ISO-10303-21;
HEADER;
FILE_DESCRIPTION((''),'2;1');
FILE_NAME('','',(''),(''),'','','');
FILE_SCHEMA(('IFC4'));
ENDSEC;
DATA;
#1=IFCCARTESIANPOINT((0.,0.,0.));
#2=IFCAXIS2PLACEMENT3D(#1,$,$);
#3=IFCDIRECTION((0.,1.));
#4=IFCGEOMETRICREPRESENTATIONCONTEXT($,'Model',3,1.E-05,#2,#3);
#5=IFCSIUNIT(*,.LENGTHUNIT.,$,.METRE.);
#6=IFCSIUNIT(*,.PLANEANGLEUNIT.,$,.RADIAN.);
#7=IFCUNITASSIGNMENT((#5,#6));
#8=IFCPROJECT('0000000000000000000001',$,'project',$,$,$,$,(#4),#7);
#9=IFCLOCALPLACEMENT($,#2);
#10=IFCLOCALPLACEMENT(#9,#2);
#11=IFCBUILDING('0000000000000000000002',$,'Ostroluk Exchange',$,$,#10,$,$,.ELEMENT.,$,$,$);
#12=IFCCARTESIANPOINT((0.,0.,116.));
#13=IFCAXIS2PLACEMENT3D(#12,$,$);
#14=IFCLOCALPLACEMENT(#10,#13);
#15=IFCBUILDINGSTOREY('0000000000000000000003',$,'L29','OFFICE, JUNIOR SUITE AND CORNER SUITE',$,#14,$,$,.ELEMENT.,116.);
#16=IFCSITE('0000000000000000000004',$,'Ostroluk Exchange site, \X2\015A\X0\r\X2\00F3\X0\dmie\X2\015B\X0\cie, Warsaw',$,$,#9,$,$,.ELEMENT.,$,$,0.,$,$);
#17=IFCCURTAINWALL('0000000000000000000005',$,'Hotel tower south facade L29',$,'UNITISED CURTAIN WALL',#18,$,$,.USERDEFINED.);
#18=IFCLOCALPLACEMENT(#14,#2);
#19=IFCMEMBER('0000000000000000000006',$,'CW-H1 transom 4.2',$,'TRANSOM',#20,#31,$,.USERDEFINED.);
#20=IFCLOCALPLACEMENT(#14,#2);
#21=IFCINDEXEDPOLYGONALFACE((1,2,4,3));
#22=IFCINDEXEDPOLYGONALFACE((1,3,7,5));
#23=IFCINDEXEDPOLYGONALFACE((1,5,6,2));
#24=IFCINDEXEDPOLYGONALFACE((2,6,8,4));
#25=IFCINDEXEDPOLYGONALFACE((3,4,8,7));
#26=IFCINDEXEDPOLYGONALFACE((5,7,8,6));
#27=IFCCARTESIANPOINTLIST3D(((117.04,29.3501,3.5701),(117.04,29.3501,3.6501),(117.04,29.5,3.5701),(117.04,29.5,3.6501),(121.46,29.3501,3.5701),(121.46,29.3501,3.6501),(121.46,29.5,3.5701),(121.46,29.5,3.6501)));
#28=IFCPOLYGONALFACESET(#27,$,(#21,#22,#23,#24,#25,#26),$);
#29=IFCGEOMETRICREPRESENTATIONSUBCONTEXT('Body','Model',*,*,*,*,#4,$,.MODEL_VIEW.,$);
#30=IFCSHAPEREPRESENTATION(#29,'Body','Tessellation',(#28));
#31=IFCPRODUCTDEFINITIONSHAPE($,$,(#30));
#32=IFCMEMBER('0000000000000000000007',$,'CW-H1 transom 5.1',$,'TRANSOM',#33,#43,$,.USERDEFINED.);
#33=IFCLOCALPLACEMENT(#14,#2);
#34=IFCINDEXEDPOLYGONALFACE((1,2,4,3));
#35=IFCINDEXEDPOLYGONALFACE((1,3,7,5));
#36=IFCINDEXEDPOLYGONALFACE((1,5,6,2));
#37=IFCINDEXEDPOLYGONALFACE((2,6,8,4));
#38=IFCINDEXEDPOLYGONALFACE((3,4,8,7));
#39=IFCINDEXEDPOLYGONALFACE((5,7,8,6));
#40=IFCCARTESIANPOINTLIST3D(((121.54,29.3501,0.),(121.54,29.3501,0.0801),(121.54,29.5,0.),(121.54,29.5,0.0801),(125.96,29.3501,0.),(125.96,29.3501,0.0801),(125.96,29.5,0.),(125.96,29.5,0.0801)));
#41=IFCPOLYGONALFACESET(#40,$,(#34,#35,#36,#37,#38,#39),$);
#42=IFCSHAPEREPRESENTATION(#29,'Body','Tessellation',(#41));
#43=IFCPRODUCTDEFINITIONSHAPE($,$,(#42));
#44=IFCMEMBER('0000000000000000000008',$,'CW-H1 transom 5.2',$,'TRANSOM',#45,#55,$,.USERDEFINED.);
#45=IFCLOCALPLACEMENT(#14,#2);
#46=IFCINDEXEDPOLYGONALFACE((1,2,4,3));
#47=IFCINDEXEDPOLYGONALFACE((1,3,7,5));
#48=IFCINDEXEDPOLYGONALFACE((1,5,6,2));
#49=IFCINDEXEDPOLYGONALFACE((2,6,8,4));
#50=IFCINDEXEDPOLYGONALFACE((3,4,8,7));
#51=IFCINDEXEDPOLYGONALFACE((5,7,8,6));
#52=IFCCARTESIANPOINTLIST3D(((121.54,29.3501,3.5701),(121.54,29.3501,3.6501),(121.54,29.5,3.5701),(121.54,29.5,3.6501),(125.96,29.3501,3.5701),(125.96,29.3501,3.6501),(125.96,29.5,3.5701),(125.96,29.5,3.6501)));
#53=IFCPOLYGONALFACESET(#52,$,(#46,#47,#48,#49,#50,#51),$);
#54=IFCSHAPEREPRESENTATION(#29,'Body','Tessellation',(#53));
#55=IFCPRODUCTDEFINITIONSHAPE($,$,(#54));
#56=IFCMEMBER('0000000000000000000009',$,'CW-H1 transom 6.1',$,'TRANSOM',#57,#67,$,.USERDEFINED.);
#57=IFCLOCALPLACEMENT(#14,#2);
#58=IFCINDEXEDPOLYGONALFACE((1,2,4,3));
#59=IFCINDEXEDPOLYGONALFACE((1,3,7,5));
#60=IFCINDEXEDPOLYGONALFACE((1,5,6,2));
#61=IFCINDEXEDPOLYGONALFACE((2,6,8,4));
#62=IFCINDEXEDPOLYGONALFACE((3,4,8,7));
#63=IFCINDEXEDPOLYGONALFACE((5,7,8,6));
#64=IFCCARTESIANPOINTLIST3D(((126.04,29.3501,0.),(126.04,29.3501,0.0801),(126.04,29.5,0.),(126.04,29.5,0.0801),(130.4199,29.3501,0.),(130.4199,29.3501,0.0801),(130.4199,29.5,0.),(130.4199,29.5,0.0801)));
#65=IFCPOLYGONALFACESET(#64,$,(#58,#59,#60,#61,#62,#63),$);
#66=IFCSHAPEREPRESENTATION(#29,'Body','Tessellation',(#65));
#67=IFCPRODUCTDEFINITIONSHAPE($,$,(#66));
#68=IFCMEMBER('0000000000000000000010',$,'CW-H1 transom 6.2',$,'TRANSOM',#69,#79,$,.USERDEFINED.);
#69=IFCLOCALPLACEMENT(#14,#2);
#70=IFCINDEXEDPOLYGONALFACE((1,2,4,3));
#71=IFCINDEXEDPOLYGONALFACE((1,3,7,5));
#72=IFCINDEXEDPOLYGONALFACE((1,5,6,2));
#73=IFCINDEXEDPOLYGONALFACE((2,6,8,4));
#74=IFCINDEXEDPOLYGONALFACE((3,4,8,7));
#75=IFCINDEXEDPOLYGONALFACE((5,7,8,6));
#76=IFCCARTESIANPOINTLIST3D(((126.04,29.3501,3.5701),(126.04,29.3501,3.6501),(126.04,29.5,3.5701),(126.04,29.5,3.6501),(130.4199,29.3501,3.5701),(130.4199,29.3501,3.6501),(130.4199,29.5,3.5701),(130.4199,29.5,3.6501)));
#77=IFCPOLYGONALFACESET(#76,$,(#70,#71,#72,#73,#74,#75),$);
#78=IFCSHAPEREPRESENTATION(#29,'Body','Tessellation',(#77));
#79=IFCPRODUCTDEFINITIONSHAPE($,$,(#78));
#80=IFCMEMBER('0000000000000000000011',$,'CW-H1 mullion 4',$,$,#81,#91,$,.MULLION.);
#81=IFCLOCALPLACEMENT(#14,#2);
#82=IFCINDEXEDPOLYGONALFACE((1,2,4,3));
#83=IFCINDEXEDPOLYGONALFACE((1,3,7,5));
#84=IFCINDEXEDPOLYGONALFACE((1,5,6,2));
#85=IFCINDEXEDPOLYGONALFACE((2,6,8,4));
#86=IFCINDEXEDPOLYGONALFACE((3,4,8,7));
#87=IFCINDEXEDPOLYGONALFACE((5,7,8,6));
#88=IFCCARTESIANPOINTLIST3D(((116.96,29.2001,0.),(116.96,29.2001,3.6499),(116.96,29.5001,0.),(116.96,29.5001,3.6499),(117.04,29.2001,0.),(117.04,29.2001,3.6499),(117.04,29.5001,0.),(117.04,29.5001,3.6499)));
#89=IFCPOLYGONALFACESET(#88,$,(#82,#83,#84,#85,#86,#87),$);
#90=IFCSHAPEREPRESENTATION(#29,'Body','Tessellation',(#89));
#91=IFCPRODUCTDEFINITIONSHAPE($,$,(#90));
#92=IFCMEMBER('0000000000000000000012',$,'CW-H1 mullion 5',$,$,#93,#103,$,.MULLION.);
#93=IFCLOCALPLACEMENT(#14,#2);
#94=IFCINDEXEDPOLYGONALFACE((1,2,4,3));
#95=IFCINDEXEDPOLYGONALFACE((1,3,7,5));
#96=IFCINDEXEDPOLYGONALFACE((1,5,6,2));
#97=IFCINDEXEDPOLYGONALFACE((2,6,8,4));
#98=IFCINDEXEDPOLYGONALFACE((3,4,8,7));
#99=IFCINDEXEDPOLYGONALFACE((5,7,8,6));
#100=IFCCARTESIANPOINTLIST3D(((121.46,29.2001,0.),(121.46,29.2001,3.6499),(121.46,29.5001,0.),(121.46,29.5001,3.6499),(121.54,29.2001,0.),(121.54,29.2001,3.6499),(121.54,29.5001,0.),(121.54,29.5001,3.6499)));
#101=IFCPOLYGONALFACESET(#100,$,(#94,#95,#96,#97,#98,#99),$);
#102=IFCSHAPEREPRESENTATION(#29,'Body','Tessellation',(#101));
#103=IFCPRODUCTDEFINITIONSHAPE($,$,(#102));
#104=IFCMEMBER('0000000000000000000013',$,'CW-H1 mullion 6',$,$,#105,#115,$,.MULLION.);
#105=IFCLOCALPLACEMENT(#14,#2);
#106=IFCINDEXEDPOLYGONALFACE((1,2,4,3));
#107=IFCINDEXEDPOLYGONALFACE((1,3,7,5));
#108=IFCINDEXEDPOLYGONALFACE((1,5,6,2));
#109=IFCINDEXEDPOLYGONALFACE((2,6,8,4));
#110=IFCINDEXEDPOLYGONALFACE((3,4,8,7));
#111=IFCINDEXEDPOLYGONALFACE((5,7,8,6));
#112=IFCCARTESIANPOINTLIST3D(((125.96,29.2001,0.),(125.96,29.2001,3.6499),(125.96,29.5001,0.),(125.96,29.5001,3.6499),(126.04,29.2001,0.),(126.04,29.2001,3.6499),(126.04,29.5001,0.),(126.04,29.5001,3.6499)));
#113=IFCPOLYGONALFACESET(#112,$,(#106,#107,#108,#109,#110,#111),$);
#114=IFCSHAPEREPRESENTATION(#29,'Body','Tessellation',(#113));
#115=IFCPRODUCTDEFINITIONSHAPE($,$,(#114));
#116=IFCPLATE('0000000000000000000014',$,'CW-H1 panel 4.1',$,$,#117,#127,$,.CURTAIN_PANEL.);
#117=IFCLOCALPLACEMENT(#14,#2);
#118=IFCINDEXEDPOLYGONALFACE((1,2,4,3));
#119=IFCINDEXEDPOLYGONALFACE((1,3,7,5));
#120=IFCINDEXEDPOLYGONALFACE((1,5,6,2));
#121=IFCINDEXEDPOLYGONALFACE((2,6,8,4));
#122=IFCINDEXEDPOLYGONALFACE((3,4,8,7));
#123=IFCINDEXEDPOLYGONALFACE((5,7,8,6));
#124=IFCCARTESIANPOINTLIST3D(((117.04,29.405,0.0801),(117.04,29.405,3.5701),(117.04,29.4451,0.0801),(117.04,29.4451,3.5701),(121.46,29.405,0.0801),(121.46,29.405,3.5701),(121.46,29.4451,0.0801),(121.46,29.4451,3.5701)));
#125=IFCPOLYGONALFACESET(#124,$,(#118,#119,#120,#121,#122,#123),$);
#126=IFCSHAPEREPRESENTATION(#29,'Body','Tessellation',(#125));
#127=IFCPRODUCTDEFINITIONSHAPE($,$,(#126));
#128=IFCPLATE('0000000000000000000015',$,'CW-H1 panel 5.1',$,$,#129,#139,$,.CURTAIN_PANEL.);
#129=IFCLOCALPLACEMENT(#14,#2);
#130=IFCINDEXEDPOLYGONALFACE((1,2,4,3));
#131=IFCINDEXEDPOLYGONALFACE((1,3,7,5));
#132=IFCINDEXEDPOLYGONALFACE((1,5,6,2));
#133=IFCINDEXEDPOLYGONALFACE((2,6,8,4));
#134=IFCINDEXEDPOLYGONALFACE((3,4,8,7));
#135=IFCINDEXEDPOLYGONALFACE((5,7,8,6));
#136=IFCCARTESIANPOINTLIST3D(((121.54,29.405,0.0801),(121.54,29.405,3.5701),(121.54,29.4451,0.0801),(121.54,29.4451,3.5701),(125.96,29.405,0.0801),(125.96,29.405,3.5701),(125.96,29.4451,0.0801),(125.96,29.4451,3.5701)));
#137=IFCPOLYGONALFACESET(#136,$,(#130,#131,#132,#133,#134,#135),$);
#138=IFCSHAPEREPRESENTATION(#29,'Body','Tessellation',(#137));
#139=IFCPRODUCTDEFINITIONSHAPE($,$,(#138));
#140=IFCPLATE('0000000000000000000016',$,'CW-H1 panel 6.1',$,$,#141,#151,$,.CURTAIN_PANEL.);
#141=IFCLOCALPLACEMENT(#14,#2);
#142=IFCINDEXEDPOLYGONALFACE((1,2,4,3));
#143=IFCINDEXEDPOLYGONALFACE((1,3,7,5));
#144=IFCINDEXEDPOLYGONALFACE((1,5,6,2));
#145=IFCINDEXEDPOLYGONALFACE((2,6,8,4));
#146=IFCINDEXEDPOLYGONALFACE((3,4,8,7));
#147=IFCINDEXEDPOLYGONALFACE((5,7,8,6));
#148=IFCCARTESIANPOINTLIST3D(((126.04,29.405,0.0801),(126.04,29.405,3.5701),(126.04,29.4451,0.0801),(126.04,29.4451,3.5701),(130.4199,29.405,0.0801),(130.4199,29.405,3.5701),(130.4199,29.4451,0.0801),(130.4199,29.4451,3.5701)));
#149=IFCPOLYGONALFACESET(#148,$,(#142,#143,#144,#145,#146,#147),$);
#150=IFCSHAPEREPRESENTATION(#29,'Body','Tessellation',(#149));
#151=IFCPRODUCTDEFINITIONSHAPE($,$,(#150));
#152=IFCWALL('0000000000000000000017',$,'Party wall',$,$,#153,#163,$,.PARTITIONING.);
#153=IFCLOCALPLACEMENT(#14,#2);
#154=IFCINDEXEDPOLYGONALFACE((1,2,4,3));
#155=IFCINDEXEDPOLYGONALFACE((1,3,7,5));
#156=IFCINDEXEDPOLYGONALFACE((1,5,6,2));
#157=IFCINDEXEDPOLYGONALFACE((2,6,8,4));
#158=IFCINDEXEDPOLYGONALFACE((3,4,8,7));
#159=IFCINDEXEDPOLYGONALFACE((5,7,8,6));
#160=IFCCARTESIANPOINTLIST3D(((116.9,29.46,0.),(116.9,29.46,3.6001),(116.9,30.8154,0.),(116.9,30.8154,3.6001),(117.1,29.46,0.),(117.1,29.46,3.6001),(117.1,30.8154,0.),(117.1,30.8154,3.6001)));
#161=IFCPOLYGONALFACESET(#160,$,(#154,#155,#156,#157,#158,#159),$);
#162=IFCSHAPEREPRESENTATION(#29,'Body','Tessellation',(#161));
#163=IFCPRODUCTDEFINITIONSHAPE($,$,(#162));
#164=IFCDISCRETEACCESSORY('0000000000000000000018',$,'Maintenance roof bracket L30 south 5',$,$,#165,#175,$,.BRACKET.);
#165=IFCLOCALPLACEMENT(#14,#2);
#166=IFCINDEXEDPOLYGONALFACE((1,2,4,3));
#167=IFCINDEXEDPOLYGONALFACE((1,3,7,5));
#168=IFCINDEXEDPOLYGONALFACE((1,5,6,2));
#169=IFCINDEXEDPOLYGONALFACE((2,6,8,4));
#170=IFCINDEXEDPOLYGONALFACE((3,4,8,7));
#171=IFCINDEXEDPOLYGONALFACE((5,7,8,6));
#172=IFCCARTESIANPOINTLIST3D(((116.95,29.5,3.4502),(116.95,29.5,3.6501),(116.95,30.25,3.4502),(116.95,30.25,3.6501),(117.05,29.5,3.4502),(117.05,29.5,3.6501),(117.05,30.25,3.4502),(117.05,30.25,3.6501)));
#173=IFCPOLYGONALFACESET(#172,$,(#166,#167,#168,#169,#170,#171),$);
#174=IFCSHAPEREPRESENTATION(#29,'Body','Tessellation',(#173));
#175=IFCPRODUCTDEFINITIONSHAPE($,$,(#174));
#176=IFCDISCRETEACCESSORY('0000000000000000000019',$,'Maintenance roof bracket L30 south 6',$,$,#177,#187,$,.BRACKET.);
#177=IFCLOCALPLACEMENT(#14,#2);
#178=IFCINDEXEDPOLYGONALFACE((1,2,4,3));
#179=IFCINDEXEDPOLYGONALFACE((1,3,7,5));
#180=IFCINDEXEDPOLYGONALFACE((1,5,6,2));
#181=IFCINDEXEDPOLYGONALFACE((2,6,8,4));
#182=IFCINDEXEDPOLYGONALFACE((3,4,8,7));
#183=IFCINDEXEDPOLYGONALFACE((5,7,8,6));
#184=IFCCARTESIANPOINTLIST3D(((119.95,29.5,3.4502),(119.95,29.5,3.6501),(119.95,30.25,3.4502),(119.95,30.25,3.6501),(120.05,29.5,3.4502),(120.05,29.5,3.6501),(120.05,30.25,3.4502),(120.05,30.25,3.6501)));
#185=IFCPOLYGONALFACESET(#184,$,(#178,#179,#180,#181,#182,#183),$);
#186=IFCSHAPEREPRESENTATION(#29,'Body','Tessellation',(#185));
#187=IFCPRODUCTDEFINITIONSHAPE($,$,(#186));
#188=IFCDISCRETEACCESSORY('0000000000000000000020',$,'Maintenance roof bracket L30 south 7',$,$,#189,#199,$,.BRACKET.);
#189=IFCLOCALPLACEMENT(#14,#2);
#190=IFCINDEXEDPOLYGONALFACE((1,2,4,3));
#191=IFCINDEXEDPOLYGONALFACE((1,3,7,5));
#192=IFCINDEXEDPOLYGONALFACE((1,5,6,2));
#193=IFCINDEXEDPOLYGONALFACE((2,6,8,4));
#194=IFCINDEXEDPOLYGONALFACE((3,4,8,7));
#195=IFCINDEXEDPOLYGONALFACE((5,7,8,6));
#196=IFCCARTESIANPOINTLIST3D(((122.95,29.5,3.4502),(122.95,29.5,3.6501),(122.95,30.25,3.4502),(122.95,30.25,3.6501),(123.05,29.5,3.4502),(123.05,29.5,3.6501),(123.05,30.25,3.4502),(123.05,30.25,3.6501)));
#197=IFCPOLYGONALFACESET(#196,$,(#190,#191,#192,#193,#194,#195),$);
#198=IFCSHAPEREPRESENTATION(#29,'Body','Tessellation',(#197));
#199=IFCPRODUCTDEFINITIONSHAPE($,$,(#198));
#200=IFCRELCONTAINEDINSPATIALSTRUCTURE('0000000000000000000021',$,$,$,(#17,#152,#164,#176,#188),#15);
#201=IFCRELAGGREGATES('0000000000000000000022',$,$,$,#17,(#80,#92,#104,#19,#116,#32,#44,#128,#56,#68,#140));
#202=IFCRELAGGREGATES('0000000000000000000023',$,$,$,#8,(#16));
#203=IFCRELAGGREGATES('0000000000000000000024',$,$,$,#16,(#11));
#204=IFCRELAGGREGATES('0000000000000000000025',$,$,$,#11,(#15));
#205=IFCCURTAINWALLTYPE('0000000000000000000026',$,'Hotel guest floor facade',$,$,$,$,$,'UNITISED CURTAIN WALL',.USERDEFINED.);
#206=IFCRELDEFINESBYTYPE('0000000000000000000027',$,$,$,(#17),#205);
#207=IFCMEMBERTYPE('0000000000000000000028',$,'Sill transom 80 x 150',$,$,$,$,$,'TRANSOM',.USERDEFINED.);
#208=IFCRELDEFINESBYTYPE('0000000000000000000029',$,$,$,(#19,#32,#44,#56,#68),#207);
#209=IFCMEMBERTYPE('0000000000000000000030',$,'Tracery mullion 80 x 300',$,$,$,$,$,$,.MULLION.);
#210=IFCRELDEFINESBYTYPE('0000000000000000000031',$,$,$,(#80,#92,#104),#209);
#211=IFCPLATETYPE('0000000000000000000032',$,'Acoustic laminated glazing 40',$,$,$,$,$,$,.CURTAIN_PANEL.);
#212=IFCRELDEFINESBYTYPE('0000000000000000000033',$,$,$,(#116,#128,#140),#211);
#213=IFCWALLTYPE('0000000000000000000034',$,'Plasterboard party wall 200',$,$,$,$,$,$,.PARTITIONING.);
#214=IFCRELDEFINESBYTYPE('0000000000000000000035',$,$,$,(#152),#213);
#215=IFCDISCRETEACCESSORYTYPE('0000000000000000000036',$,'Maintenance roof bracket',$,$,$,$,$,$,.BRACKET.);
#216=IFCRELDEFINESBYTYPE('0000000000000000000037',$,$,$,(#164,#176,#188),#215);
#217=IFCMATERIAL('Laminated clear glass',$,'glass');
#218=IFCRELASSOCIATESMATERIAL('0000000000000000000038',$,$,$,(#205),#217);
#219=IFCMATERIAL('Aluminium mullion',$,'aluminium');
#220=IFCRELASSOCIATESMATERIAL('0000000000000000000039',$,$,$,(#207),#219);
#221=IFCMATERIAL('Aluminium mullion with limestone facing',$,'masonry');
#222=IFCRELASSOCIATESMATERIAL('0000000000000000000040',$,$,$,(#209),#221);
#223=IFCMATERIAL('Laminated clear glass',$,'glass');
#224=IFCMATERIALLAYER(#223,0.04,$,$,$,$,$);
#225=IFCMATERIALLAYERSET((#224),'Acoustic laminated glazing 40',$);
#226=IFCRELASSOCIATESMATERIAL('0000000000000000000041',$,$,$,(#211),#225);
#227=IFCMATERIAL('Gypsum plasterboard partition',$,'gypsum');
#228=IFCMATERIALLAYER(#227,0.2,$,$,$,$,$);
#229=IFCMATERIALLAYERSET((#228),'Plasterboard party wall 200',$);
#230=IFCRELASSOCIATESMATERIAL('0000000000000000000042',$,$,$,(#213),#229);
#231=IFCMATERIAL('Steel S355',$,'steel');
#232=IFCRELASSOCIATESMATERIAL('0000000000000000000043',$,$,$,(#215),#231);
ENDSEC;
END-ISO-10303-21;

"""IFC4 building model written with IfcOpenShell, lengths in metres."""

from ifc_helpers import new_model, si_unit, direction, frame, frame_2d, origin, origin_2d, place, context, subcontext, project, spatial, rectangle, extrude, material, layer, layer_set, material_profile, profile_set, type_object, element, aggregate, save


model = new_model("IFC4")

# Units and contexts
model_context = context("Model", 3, precision=1e-05, world=origin(), true_north=direction((0.0, 1.0)))
body_context = subcontext(model_context, "Body", "Model", "MODEL_VIEW")
ifc_project = project(units=[si_unit("LENGTHUNIT", "METRE"), si_unit("PLANEANGLEUNIT", "RADIAN")], contexts=[model_context])

# Site, building, storey
site_placement = place(None, origin())
site = spatial("IfcSite", under=ifc_project, at=site_placement, Name="Ostroluk Exchange site, Śródmieście, Warsaw", CompositionType="ELEMENT", RefElevation=0.0)
building_placement = place(site_placement, origin())
building = spatial("IfcBuilding", under=site, at=building_placement, Name="Ostroluk Exchange", CompositionType="ELEMENT")
storey_placement = place(building_placement, frame((0.0, 0.0, 116.0)))
storey = spatial("IfcBuildingStorey", under=building, at=storey_placement, Name="L29", Description="OFFICE, JUNIOR SUITE AND CORNER SUITE", CompositionType="ELEMENT", Elevation=116.0)

# Curtain wall, members, plates
ifc_material_1 = material(Name="Laminated clear glass", Category="glass")
curtain_wall_type = type_object("IfcCurtainWallType", Name="Hotel guest floor facade", ElementType="UNITISED CURTAIN WALL", PredefinedType="USERDEFINED", material=ifc_material_1)
curtain_wall_placement = place(storey_placement, origin())
curtain_wall = element("IfcCurtainWall", 1, at=curtain_wall_placement, inside=storey, type_object=curtain_wall_type, Name="Hotel tower south facade L29", ObjectType="UNITISED CURTAIN WALL", PredefinedType="USERDEFINED")
ifc_material_2 = material(Name="Aluminium mullion", Category="aluminium")
ifc_material_profile_1 = material_profile(ifc_material_2, rectangle(XDim=0.1499, YDim=0.0801, at=origin_2d()), Name="Sill transom 80 x 150")
ifc_profile_set_1 = profile_set([ifc_material_profile_1], Name="Aluminium mullion")
member_type_1 = type_object("IfcMemberType", Name="Sill transom 80 x 150", ElementType="TRANSOM", PredefinedType="USERDEFINED", material=ifc_profile_set_1)
member_1_placement = place(storey_placement, frame((117.04, 29.425, 3.6101), z_axis=(1.0, 0.0, 0.0), x_axis=(0.0, 1.0, 0.0)))
member_1 = element("IfcMember", 2, at=member_1_placement, type_object=member_type_1, Name="CW-H1 transom 4.2", ObjectType="TRANSOM", PredefinedType="USERDEFINED", context=body_context, shape_type="SweptSolid", body=[
    extrude(rectangle(XDim=0.1499, YDim=0.0801, at=origin_2d()), origin(), (0.0, 0.0, 1.0), 4.4199),
])
member_2_placement = place(storey_placement, frame((121.54, 29.425, 0.04), z_axis=(1.0, 0.0, 0.0), x_axis=(0.0, 1.0, 0.0)))
member_2 = element("IfcMember", 3, at=member_2_placement, type_object=member_type_1, Name="CW-H1 transom 5.1", ObjectType="TRANSOM", PredefinedType="USERDEFINED", context=body_context, shape_type="SweptSolid", body=[
    extrude(rectangle(XDim=0.1499, YDim=0.0801, at=origin_2d()), origin(), (0.0, 0.0, 1.0), 4.4199),
])
member_3_placement = place(storey_placement, frame((121.54, 29.425, 3.6101), z_axis=(1.0, 0.0, 0.0), x_axis=(0.0, 1.0, 0.0)))
member_3 = element("IfcMember", 4, at=member_3_placement, type_object=member_type_1, Name="CW-H1 transom 5.2", ObjectType="TRANSOM", PredefinedType="USERDEFINED", context=body_context, shape_type="SweptSolid", body=[
    extrude(rectangle(XDim=0.1499, YDim=0.0801, at=origin_2d()), origin(), (0.0, 0.0, 1.0), 4.4199),
])
member_4_placement = place(storey_placement, frame((126.04, 29.425, 0.04), z_axis=(1.0, 0.0, 0.0), x_axis=(0.0, 1.0, 0.0)))
member_4 = element("IfcMember", 5, at=member_4_placement, type_object=member_type_1, Name="CW-H1 transom 6.1", ObjectType="TRANSOM", PredefinedType="USERDEFINED", context=body_context, shape_type="SweptSolid", body=[
    extrude(rectangle(XDim=0.1499, YDim=0.0801, at=origin_2d()), origin(), (0.0, 0.0, 1.0), 4.3799),
])
member_5_placement = place(storey_placement, frame((126.04, 29.425, 3.6101), z_axis=(1.0, 0.0, 0.0), x_axis=(0.0, 1.0, 0.0)))
member_5 = element("IfcMember", 6, at=member_5_placement, type_object=member_type_1, Name="CW-H1 transom 6.2", ObjectType="TRANSOM", PredefinedType="USERDEFINED", context=body_context, shape_type="SweptSolid", body=[
    extrude(rectangle(XDim=0.1499, YDim=0.0801, at=origin_2d()), origin(), (0.0, 0.0, 1.0), 4.3799),
])
ifc_material_3 = material(Name="Aluminium mullion with limestone facing", Category="masonry")
ifc_material_profile_2 = material_profile(ifc_material_3, rectangle(XDim=0.3, YDim=0.0801, at=origin_2d()), Name="Tracery mullion 80 x 300")
ifc_profile_set_2 = profile_set([ifc_material_profile_2], Name="Aluminium mullion with limestone facing")
member_type_2 = type_object("IfcMemberType", Name="Tracery mullion 80 x 300", PredefinedType="MULLION", material=ifc_profile_set_2)
member_6_placement = place(storey_placement, frame((117.0, 29.3501, 0.0), z_axis=(0.0, 0.0, 1.0), x_axis=(0.0, 1.0, 0.0)))
member_6 = element("IfcMember", 7, at=member_6_placement, type_object=member_type_2, Name="CW-H1 mullion 4", PredefinedType="MULLION", context=body_context, shape_type="SweptSolid", body=[
    extrude(rectangle(XDim=0.3, YDim=0.0801, at=origin_2d()), origin(), (0.0, 0.0, 1.0), 3.6499),
])
member_7_placement = place(storey_placement, frame((121.5, 29.3501, 0.0), z_axis=(0.0, 0.0, 1.0), x_axis=(0.0, 1.0, 0.0)))
member_7 = element("IfcMember", 8, at=member_7_placement, type_object=member_type_2, Name="CW-H1 mullion 5", PredefinedType="MULLION", context=body_context, shape_type="SweptSolid", body=[
    extrude(rectangle(XDim=0.3, YDim=0.0801, at=origin_2d()), origin(), (0.0, 0.0, 1.0), 3.6499),
])
member_8_placement = place(storey_placement, frame((126.0, 29.3501, 0.0), z_axis=(0.0, 0.0, 1.0), x_axis=(0.0, 1.0, 0.0)))
member_8 = element("IfcMember", 9, at=member_8_placement, type_object=member_type_2, Name="CW-H1 mullion 6", PredefinedType="MULLION", context=body_context, shape_type="SweptSolid", body=[
    extrude(rectangle(XDim=0.3, YDim=0.0801, at=origin_2d()), origin(), (0.0, 0.0, 1.0), 3.6499),
])
ifc_material_4 = material(Name="Laminated clear glass", Category="glass")
ifc_layer_1 = layer(ifc_material_4, 0.04)
ifc_layer_set_1 = layer_set([ifc_layer_1], Name="Acoustic laminated glazing 40")
plate_type = type_object("IfcPlateType", Name="Acoustic laminated glazing 40", PredefinedType="CURTAIN_PANEL", material=ifc_layer_set_1)
plate_1_placement = place(storey_placement, frame((119.25, 29.425, 0.0801), z_axis=(0.0, 0.0, 1.0), x_axis=(1.0, 0.0, 0.0)))
plate_1 = element("IfcPlate", 10, at=plate_1_placement, type_object=plate_type, Name="CW-H1 panel 4.1", PredefinedType="CURTAIN_PANEL", context=body_context, shape_type="SweptSolid", body=[
    extrude(rectangle(XDim=4.4199, YDim=0.04, at=origin_2d()), origin(), (0.0, 0.0, 1.0), 3.49),
])
plate_2_placement = place(storey_placement, frame((123.75, 29.425, 0.0801), z_axis=(0.0, 0.0, 1.0), x_axis=(1.0, 0.0, 0.0)))
plate_2 = element("IfcPlate", 11, at=plate_2_placement, type_object=plate_type, Name="CW-H1 panel 5.1", PredefinedType="CURTAIN_PANEL", context=body_context, shape_type="SweptSolid", body=[
    extrude(rectangle(XDim=4.4199, YDim=0.04, at=origin_2d()), origin(), (0.0, 0.0, 1.0), 3.49),
])
plate_3_placement = place(storey_placement, frame((128.23, 29.425, 0.0801), z_axis=(0.0, 0.0, 1.0), x_axis=(1.0, 0.0, 0.0)))
plate_3 = element("IfcPlate", 12, at=plate_3_placement, type_object=plate_type, Name="CW-H1 panel 6.1", PredefinedType="CURTAIN_PANEL", context=body_context, shape_type="SweptSolid", body=[
    extrude(rectangle(XDim=4.3799, YDim=0.04, at=origin_2d()), origin(), (0.0, 0.0, 1.0), 3.49),
])
aggregate(curtain_wall, [member_6, member_7, member_8, member_1, plate_1, member_2, member_3, plate_2, member_4, member_5, plate_3])

# Wall
ifc_material_5 = material(Name="Gypsum plasterboard partition", Category="gypsum")
ifc_layer_2 = layer(ifc_material_5, 0.2)
ifc_layer_set_2 = layer_set([ifc_layer_2], Name="Plasterboard party wall 200")
wall_type = type_object("IfcWallType", Name="Plasterboard party wall 200", PredefinedType="PARTITIONING", material=ifc_layer_set_2)
wall_placement = place(storey_placement, frame((117.0, 30.8154, 0.0), z_axis=(0.0, 0.0, 1.0), x_axis=(0.0, -1.0, 0.0)))
element("IfcWall", 13, at=wall_placement, inside=storey, type_object=wall_type, Name="Party wall", PredefinedType="PARTITIONING", context=body_context, shape_type="SweptSolid", body=[
    extrude(rectangle(XDim=1.3555, YDim=0.2, at=frame_2d((0.6777, 0.0))), origin(), (0.0, 0.0, 1.0), 3.6001),
])

# Discrete accessories
ifc_material_6 = material(Name="Steel S355", Category="steel")
discrete_accessory_type = type_object("IfcDiscreteAccessoryType", Name="Maintenance roof bracket", PredefinedType="BRACKET", material=ifc_material_6)
for number, where, z_axis, x_axis, name in (
    (14, (117.0, 29.875, 3.4502), (0.0, 0.0, 1.0), (1.0, 0.0, 0.0), "Maintenance roof bracket L30 south 5"),
    (15, (120.0, 29.875, 3.4502), (0.0, 0.0, 1.0), (1.0, 0.0, 0.0), "Maintenance roof bracket L30 south 6"),
    (16, (123.0, 29.875, 3.4502), (0.0, 0.0, 1.0), (1.0, 0.0, 0.0), "Maintenance roof bracket L30 south 7"),
):
    element("IfcDiscreteAccessory", number, at=place(storey_placement, frame(where, z_axis=z_axis, x_axis=x_axis)), inside=storey, type_object=discrete_accessory_type, Name=name, PredefinedType="BRACKET", context=body_context, shape_type="SweptSolid", body=[
        extrude(rectangle(XDim=0.1001, YDim=0.75, at=origin_2d()), origin(), (0.0, 0.0, 1.0), 0.2),
    ])

save(model, "model.ifc")
